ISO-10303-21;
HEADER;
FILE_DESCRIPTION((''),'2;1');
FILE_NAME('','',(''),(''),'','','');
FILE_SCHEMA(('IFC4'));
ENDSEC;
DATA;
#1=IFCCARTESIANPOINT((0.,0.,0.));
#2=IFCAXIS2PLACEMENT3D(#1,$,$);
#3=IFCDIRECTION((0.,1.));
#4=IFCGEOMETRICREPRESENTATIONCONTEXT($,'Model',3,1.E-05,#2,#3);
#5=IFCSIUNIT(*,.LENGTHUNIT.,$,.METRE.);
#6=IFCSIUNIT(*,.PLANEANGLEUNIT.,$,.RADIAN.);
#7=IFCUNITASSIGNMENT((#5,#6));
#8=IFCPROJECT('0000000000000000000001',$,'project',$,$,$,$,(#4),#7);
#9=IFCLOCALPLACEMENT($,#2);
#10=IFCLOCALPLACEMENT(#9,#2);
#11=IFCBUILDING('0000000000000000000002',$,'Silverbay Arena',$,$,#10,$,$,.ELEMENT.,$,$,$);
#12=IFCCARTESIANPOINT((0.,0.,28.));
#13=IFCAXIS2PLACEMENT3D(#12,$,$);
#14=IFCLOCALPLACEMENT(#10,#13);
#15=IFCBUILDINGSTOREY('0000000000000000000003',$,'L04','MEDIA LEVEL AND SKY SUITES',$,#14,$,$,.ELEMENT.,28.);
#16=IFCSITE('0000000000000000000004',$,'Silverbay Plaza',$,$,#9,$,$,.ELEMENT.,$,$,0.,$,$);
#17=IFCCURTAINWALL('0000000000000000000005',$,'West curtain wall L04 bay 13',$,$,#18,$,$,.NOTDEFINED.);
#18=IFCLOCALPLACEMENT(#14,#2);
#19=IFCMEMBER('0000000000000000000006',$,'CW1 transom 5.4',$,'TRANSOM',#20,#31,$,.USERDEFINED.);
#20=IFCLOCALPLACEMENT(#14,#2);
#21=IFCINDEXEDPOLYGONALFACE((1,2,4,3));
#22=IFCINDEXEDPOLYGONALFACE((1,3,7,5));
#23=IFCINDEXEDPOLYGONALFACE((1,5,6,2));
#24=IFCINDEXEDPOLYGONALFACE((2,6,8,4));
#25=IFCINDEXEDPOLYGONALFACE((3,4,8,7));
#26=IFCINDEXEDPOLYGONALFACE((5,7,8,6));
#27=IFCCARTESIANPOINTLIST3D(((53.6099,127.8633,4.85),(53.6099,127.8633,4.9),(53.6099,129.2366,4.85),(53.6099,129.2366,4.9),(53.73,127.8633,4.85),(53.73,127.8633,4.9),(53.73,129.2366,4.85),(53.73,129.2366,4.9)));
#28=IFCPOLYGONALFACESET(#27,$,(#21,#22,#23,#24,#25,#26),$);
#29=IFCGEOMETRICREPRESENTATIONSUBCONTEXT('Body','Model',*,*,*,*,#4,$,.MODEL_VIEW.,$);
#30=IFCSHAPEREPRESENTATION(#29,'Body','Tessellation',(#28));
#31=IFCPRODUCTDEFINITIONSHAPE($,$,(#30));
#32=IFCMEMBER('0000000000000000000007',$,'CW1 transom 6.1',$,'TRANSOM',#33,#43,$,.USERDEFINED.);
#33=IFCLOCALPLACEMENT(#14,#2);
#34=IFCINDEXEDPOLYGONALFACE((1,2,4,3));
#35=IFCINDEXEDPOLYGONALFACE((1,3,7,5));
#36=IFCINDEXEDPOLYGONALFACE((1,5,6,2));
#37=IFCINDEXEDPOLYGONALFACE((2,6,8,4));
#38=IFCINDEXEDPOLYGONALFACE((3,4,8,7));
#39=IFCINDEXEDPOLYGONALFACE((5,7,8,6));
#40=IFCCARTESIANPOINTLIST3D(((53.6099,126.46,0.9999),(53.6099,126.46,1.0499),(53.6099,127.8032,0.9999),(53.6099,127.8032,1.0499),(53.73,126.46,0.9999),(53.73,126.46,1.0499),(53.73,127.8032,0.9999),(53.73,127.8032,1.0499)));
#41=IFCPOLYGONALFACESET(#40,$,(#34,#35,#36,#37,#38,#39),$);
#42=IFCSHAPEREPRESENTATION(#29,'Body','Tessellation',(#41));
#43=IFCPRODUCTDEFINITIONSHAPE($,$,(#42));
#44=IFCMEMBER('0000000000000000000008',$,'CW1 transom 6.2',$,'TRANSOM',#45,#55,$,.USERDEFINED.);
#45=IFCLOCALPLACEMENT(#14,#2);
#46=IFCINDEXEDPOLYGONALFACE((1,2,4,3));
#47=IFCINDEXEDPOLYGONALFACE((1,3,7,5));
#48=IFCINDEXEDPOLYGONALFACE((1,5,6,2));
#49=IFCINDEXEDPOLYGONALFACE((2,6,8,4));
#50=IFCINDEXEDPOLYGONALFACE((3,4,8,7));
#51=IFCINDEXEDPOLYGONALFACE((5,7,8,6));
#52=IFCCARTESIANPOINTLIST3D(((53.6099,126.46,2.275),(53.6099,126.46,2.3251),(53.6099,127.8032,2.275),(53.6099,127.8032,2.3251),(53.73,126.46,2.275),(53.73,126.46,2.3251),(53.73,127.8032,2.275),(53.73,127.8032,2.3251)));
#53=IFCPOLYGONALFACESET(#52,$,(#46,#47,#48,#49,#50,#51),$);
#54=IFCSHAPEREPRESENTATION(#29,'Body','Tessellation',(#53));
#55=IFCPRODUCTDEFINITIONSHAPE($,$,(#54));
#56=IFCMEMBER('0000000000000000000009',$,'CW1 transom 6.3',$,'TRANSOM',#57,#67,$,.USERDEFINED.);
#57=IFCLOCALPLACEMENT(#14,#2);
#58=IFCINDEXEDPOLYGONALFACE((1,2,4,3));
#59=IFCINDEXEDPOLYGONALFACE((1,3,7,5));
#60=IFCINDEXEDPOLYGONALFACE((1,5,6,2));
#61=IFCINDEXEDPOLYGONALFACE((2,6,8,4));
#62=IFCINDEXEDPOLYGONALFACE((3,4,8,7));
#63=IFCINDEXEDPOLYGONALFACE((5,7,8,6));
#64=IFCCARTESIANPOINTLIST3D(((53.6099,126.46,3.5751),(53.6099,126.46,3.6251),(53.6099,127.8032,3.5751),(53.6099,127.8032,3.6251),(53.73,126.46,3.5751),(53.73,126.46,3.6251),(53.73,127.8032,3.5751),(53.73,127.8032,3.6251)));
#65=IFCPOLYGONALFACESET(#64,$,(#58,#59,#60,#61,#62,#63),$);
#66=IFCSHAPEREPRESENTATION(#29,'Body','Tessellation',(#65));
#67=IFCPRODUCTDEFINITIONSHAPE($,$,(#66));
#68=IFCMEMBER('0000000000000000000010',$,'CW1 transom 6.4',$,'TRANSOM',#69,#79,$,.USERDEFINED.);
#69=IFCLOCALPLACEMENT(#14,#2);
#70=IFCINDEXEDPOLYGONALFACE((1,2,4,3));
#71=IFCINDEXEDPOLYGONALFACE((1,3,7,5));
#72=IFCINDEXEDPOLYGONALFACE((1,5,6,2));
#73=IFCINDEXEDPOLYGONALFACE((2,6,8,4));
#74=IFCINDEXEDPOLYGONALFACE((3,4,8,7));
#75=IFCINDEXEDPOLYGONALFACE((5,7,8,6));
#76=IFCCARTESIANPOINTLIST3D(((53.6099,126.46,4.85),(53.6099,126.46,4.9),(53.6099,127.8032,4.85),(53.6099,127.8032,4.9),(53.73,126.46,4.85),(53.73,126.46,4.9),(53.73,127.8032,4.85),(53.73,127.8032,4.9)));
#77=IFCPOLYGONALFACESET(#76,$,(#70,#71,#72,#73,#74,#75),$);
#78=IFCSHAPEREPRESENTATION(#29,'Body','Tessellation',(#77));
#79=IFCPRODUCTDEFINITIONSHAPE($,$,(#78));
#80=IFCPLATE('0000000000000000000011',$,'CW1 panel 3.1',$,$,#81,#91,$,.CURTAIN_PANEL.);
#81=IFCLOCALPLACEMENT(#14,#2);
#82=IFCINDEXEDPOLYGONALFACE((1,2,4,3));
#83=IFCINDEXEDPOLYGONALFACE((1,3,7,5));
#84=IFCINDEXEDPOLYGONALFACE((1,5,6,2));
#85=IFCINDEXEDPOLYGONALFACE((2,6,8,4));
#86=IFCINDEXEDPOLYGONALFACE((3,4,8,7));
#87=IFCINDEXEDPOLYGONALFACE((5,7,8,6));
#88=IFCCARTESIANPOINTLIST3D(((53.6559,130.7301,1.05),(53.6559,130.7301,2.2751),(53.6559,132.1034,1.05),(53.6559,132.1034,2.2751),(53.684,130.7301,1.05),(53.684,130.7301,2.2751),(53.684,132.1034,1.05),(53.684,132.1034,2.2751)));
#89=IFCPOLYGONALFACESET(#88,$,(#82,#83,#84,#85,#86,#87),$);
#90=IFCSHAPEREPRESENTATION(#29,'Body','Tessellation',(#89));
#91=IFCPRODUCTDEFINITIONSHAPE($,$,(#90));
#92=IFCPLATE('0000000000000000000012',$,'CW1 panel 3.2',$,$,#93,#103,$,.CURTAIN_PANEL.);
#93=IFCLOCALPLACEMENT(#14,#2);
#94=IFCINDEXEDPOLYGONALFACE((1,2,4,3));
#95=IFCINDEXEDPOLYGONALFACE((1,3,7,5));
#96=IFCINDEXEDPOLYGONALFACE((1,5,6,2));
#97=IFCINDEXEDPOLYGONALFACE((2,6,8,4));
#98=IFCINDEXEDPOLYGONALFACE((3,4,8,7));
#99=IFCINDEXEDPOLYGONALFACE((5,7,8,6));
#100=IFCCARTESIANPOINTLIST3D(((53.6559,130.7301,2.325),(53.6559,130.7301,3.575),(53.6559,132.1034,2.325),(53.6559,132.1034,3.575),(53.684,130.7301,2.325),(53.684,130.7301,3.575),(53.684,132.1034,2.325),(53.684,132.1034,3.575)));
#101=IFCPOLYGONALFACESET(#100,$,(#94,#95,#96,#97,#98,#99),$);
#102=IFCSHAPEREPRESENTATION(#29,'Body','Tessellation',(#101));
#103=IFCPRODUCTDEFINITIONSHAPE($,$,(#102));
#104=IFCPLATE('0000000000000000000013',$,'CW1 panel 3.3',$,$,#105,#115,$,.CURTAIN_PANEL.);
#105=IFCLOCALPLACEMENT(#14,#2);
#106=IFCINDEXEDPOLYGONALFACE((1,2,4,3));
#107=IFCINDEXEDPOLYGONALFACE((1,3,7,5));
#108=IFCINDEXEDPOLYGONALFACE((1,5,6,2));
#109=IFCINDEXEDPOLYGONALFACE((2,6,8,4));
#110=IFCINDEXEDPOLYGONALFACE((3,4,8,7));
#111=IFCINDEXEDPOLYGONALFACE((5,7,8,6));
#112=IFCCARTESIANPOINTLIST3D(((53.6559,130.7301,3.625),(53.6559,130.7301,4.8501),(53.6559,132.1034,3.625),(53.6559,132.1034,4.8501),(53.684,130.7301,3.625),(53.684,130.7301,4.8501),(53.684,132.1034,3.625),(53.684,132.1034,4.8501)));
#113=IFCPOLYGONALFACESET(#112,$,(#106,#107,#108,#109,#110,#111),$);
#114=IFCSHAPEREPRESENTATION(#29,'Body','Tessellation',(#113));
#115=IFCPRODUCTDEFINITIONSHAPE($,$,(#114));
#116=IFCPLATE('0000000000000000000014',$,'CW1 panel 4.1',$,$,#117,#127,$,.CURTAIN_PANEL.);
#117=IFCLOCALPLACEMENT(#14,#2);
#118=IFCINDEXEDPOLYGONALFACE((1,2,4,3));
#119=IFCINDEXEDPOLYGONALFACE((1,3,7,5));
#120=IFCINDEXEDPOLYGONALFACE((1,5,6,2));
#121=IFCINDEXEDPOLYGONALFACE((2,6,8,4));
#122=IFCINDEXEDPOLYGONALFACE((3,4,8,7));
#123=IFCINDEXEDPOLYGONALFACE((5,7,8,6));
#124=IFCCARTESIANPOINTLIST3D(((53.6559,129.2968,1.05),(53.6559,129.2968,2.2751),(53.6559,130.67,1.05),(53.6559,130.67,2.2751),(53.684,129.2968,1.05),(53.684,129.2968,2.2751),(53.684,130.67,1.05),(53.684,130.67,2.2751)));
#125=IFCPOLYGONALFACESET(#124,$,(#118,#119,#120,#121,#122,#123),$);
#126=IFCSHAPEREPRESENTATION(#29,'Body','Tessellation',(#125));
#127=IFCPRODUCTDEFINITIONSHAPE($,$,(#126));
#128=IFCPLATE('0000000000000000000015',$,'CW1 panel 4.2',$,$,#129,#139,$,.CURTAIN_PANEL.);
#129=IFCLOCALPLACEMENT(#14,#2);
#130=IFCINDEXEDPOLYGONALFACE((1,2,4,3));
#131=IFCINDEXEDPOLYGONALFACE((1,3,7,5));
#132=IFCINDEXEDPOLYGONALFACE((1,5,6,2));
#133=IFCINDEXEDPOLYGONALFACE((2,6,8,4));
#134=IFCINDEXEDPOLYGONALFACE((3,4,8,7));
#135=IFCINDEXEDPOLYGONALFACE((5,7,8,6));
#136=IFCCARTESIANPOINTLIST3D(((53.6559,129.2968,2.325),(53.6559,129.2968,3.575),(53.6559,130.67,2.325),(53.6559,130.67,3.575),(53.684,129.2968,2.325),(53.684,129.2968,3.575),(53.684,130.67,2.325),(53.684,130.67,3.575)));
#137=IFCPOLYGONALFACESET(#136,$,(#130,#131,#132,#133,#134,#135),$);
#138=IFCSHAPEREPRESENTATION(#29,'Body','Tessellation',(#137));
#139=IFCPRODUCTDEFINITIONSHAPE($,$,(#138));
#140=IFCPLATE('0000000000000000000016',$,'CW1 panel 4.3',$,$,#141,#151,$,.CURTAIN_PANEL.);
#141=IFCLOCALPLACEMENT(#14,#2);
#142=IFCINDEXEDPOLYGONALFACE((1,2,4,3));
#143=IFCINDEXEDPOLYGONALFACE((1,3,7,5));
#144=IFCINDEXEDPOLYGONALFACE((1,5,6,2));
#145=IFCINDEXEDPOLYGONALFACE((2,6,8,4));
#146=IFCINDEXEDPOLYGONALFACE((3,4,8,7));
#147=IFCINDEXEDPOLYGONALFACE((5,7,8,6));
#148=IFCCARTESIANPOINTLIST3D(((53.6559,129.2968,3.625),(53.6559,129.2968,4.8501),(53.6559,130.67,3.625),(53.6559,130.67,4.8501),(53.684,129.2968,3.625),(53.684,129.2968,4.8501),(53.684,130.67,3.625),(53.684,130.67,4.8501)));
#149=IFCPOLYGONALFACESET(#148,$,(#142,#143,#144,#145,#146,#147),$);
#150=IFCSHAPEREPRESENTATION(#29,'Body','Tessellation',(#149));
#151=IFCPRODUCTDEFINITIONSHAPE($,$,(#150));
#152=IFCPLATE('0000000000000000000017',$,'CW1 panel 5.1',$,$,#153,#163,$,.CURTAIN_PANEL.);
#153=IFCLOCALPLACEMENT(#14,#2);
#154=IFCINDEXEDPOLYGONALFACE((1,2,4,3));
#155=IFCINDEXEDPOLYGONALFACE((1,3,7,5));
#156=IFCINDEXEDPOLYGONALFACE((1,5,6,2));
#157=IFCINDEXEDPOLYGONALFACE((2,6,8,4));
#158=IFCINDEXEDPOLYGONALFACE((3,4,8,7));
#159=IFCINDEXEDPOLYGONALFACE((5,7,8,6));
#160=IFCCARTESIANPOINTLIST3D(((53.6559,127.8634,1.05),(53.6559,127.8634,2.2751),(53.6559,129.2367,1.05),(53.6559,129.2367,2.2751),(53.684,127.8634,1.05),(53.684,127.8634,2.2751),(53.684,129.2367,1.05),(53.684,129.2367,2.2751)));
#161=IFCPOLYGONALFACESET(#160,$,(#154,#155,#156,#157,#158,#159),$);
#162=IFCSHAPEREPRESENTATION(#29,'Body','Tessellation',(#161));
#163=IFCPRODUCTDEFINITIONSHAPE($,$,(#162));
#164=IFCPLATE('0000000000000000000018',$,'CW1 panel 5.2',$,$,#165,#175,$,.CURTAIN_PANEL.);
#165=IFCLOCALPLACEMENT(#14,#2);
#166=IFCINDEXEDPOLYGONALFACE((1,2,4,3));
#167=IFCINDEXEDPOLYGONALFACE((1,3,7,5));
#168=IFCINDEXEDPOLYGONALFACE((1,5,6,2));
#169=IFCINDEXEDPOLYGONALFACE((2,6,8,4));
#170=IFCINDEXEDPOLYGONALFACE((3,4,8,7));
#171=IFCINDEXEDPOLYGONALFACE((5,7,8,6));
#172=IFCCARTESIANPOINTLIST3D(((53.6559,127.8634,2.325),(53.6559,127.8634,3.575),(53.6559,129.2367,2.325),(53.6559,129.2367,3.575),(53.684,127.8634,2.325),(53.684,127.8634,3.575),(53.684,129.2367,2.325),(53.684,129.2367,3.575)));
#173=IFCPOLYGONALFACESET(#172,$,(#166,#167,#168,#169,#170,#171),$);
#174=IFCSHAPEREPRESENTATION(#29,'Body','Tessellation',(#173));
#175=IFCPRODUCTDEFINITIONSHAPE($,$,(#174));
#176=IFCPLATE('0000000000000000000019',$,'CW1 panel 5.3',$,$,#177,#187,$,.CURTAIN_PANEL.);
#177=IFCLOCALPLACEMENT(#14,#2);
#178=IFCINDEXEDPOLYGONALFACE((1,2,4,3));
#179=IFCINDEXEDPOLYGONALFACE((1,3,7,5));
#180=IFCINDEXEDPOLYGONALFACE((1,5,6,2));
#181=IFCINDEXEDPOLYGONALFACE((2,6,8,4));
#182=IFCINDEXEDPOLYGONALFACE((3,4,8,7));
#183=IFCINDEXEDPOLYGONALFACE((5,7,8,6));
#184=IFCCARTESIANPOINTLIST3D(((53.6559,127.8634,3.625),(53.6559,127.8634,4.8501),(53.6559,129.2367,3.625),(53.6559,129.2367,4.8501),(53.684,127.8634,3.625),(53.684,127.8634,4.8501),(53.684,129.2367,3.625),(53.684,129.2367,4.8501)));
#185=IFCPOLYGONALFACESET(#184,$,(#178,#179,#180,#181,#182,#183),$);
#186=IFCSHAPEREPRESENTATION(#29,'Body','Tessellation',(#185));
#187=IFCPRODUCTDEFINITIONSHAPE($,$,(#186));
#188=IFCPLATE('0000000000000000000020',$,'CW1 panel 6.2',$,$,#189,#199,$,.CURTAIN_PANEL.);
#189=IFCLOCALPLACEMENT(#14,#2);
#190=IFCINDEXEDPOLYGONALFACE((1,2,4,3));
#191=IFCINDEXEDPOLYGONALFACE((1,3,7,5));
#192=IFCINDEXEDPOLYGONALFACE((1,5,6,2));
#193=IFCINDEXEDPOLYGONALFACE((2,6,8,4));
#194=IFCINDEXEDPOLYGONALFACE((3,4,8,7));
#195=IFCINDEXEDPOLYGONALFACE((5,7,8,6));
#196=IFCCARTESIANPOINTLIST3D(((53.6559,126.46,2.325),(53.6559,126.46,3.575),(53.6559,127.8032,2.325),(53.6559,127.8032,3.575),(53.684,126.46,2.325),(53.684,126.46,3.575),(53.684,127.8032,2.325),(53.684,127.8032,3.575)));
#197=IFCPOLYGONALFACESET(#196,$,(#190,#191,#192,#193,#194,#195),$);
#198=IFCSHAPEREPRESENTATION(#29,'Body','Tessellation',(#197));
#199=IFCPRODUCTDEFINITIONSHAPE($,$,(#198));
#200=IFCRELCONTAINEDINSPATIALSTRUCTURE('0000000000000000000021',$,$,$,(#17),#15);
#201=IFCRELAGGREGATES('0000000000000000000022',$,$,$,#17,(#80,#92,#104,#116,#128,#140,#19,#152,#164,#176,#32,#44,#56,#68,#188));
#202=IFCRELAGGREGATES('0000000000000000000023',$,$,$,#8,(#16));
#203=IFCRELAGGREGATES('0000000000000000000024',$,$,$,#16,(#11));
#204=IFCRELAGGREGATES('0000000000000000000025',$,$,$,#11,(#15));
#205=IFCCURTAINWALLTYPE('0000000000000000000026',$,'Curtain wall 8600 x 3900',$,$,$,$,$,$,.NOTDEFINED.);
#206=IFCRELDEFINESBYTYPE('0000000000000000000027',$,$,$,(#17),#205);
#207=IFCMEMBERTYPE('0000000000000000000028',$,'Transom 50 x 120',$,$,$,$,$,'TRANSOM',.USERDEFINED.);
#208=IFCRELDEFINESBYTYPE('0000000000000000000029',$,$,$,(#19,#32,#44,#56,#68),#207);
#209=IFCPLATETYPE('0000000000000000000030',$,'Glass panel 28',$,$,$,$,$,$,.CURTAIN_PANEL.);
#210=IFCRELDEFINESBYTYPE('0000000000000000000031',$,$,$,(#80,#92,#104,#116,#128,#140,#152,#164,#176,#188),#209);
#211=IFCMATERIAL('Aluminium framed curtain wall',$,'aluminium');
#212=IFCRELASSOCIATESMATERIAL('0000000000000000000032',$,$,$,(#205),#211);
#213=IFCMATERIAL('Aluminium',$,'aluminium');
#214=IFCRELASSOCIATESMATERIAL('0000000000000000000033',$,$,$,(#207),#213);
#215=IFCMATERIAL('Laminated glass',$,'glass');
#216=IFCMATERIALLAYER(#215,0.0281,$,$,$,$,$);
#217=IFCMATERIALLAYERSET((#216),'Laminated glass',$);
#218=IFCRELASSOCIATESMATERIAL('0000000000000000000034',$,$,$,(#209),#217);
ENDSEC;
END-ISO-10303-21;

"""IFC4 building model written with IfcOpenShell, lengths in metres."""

from ifc_helpers import new_model, si_unit, direction, frame, origin, origin_2d, place, context, subcontext, project, spatial, rectangle, extrude, material, layer, layer_set, material_profile, profile_set, type_object, element, aggregate, save


model = new_model("IFC4")

# Units and contexts
model_context = context("Model", 3, precision=1e-05, world=origin(), true_north=direction((0.0, 1.0)))
body_context = subcontext(model_context, "Body", "Model", "MODEL_VIEW")
ifc_project = project(units=[si_unit("LENGTHUNIT", "METRE"), si_unit("PLANEANGLEUNIT", "RADIAN")], contexts=[model_context])

# Site, building, storey
site_placement = place(None, origin())
site = spatial("IfcSite", under=ifc_project, at=site_placement, Name="Silverbay Plaza", CompositionType="ELEMENT", RefElevation=0.0)
building_placement = place(site_placement, origin())
building = spatial("IfcBuilding", under=site, at=building_placement, Name="Silverbay Arena", CompositionType="ELEMENT")
storey_placement = place(building_placement, frame((0.0, 0.0, 28.0)))
storey = spatial("IfcBuildingStorey", under=building, at=storey_placement, Name="L04", Description="MEDIA LEVEL AND SKY SUITES", CompositionType="ELEMENT", Elevation=28.0)

# Curtain wall, members, plates
ifc_material_1 = material(Name="Aluminium framed curtain wall", Category="aluminium")
curtain_wall_type = type_object("IfcCurtainWallType", Name="Curtain wall 8600 x 3900", PredefinedType="NOTDEFINED", material=ifc_material_1)
curtain_wall_placement = place(storey_placement, origin())
curtain_wall = element("IfcCurtainWall", 1, at=curtain_wall_placement, inside=storey, type_object=curtain_wall_type, Name="West curtain wall L04 bay 13", PredefinedType="NOTDEFINED")
ifc_material_2 = material(Name="Aluminium", Category="aluminium")
ifc_material_profile_1 = material_profile(ifc_material_2, rectangle(XDim=0.1201, YDim=0.05, at=origin_2d()), Name="Transom 50 x 120")
ifc_profile_set_1 = profile_set([ifc_material_profile_1], Name="Aluminium")
member_type_1 = type_object("IfcMemberType", Name="Transom 50 x 120", ElementType="TRANSOM", PredefinedType="USERDEFINED", material=ifc_profile_set_1)
member_1_placement = place(storey_placement, frame((53.6699, 129.2366, 4.875), z_axis=(0.0, -1.0, 0.0), x_axis=(1.0, 0.0, 0.0)))
member_1 = element("IfcMember", 2, at=member_1_placement, type_object=member_type_1, Name="CW1 transom 5.4", ObjectType="TRANSOM", PredefinedType="USERDEFINED", context=body_context, shape_type="SweptSolid", body=[
    extrude(rectangle(XDim=0.1201, YDim=0.05, at=origin_2d()), origin(), (0.0, 0.0, 1.0), 1.3733),
])
member_2_placement = place(storey_placement, frame((53.6699, 127.8032, 1.0249), z_axis=(0.0, -1.0, 0.0), x_axis=(1.0, 0.0, 0.0)))
member_2 = element("IfcMember", 3, at=member_2_placement, type_object=member_type_1, Name="CW1 transom 6.1", ObjectType="TRANSOM", PredefinedType="USERDEFINED", context=body_context, shape_type="SweptSolid", body=[
    extrude(rectangle(XDim=0.1201, YDim=0.05, at=origin_2d()), origin(), (0.0, 0.0, 1.0), 1.3433),
])
member_3_placement = place(storey_placement, frame((53.6699, 127.8032, 2.3), z_axis=(0.0, -1.0, 0.0), x_axis=(1.0, 0.0, 0.0)))
member_3 = element("IfcMember", 4, at=member_3_placement, type_object=member_type_1, Name="CW1 transom 6.2", ObjectType="TRANSOM", PredefinedType="USERDEFINED", context=body_context, shape_type="SweptSolid", body=[
    extrude(rectangle(XDim=0.1201, YDim=0.05, at=origin_2d()), origin(), (0.0, 0.0, 1.0), 1.3433),
])
member_4_placement = place(storey_placement, frame((53.6699, 127.8032, 3.6001), z_axis=(0.0, -1.0, 0.0), x_axis=(1.0, 0.0, 0.0)))
member_4 = element("IfcMember", 5, at=member_4_placement, type_object=member_type_1, Name="CW1 transom 6.3", ObjectType="TRANSOM", PredefinedType="USERDEFINED", context=body_context, shape_type="SweptSolid", body=[
    extrude(rectangle(XDim=0.1201, YDim=0.05, at=origin_2d()), origin(), (0.0, 0.0, 1.0), 1.3433),
])
member_5_placement = place(storey_placement, frame((53.6699, 127.8032, 4.875), z_axis=(0.0, -1.0, 0.0), x_axis=(1.0, 0.0, 0.0)))
member_5 = element("IfcMember", 6, at=member_5_placement, type_object=member_type_1, Name="CW1 transom 6.4", ObjectType="TRANSOM", PredefinedType="USERDEFINED", context=body_context, shape_type="SweptSolid", body=[
    extrude(rectangle(XDim=0.1201, YDim=0.05, at=origin_2d()), origin(), (0.0, 0.0, 1.0), 1.3433),
])
ifc_material_3 = material(Name="Laminated glass", Category="glass")
ifc_layer = layer(ifc_material_3, 0.0281)
ifc_layer_set = layer_set([ifc_layer], Name="Laminated glass")
plate_type = type_object("IfcPlateType", Name="Glass panel 28", PredefinedType="CURTAIN_PANEL", material=ifc_layer_set)
plate_1_placement = place(storey_placement, frame((53.6699, 131.4167, 1.05), z_axis=(0.0, 0.0, 1.0), x_axis=(0.0, -1.0, 0.0)))
plate_1 = element("IfcPlate", 7, at=plate_1_placement, type_object=plate_type, Name="CW1 panel 3.1", PredefinedType="CURTAIN_PANEL", context=body_context, shape_type="SweptSolid", body=[
    extrude(rectangle(XDim=1.3733, YDim=0.0281, at=origin_2d()), origin(), (0.0, 0.0, 1.0), 1.2251),
])
plate_2_placement = place(storey_placement, frame((53.6699, 131.4167, 2.325), z_axis=(0.0, 0.0, 1.0), x_axis=(0.0, -1.0, 0.0)))
plate_2 = element("IfcPlate", 8, at=plate_2_placement, type_object=plate_type, Name="CW1 panel 3.2", PredefinedType="CURTAIN_PANEL", context=body_context, shape_type="SweptSolid", body=[
    extrude(rectangle(XDim=1.3733, YDim=0.0281, at=origin_2d()), origin(), (0.0, 0.0, 1.0), 1.25),
])
plate_3_placement = place(storey_placement, frame((53.6699, 131.4167, 3.625), z_axis=(0.0, 0.0, 1.0), x_axis=(0.0, -1.0, 0.0)))
plate_3 = element("IfcPlate", 9, at=plate_3_placement, type_object=plate_type, Name="CW1 panel 3.3", PredefinedType="CURTAIN_PANEL", context=body_context, shape_type="SweptSolid", body=[
    extrude(rectangle(XDim=1.3733, YDim=0.0281, at=origin_2d()), origin(), (0.0, 0.0, 1.0), 1.2251),
])
plate_4_placement = place(storey_placement, frame((53.6699, 129.9834, 1.05), z_axis=(0.0, 0.0, 1.0), x_axis=(0.0, -1.0, 0.0)))
plate_4 = element("IfcPlate", 10, at=plate_4_placement, type_object=plate_type, Name="CW1 panel 4.1", PredefinedType="CURTAIN_PANEL", context=body_context, shape_type="SweptSolid", body=[
    extrude(rectangle(XDim=1.3733, YDim=0.0281, at=origin_2d()), origin(), (0.0, 0.0, 1.0), 1.2251),
])
plate_5_placement = place(storey_placement, frame((53.6699, 129.9834, 2.325), z_axis=(0.0, 0.0, 1.0), x_axis=(0.0, -1.0, 0.0)))
plate_5 = element("IfcPlate", 11, at=plate_5_placement, type_object=plate_type, Name="CW1 panel 4.2", PredefinedType="CURTAIN_PANEL", context=body_context, shape_type="SweptSolid", body=[
    extrude(rectangle(XDim=1.3733, YDim=0.0281, at=origin_2d()), origin(), (0.0, 0.0, 1.0), 1.25),
])
plate_6_placement = place(storey_placement, frame((53.6699, 129.9834, 3.625), z_axis=(0.0, 0.0, 1.0), x_axis=(0.0, -1.0, 0.0)))
plate_6 = element("IfcPlate", 12, at=plate_6_placement, type_object=plate_type, Name="CW1 panel 4.3", PredefinedType="CURTAIN_PANEL", context=body_context, shape_type="SweptSolid", body=[
    extrude(rectangle(XDim=1.3733, YDim=0.0281, at=origin_2d()), origin(), (0.0, 0.0, 1.0), 1.2251),
])
plate_7_placement = place(storey_placement, frame((53.6699, 128.55, 1.05), z_axis=(0.0, 0.0, 1.0), x_axis=(0.0, -1.0, 0.0)))
plate_7 = element("IfcPlate", 13, at=plate_7_placement, type_object=plate_type, Name="CW1 panel 5.1", PredefinedType="CURTAIN_PANEL", context=body_context, shape_type="SweptSolid", body=[
    extrude(rectangle(XDim=1.3733, YDim=0.0281, at=origin_2d()), origin(), (0.0, 0.0, 1.0), 1.2251),
])
plate_8_placement = place(storey_placement, frame((53.6699, 128.55, 2.325), z_axis=(0.0, 0.0, 1.0), x_axis=(0.0, -1.0, 0.0)))
plate_8 = element("IfcPlate", 14, at=plate_8_placement, type_object=plate_type, Name="CW1 panel 5.2", PredefinedType="CURTAIN_PANEL", context=body_context, shape_type="SweptSolid", body=[
    extrude(rectangle(XDim=1.3733, YDim=0.0281, at=origin_2d()), origin(), (0.0, 0.0, 1.0), 1.25),
])
plate_9_placement = place(storey_placement, frame((53.6699, 128.55, 3.625), z_axis=(0.0, 0.0, 1.0), x_axis=(0.0, -1.0, 0.0)))
plate_9 = element("IfcPlate", 15, at=plate_9_placement, type_object=plate_type, Name="CW1 panel 5.3", PredefinedType="CURTAIN_PANEL", context=body_context, shape_type="SweptSolid", body=[
    extrude(rectangle(XDim=1.3733, YDim=0.0281, at=origin_2d()), origin(), (0.0, 0.0, 1.0), 1.2251),
])
plate_10_placement = place(storey_placement, frame((53.6699, 127.1316, 2.325), z_axis=(0.0, 0.0, 1.0), x_axis=(0.0, -1.0, 0.0)))
plate_10 = element("IfcPlate", 16, at=plate_10_placement, type_object=plate_type, Name="CW1 panel 6.2", PredefinedType="CURTAIN_PANEL", context=body_context, shape_type="SweptSolid", body=[
    extrude(rectangle(XDim=1.3433, YDim=0.0281, at=origin_2d()), origin(), (0.0, 0.0, 1.0), 1.25),
])
aggregate(curtain_wall, [plate_1, plate_2, plate_3, plate_4, plate_5, plate_6, member_1, plate_7, plate_8, plate_9, member_2, member_3, member_4, member_5, plate_10])

save(model, "model.ifc")
